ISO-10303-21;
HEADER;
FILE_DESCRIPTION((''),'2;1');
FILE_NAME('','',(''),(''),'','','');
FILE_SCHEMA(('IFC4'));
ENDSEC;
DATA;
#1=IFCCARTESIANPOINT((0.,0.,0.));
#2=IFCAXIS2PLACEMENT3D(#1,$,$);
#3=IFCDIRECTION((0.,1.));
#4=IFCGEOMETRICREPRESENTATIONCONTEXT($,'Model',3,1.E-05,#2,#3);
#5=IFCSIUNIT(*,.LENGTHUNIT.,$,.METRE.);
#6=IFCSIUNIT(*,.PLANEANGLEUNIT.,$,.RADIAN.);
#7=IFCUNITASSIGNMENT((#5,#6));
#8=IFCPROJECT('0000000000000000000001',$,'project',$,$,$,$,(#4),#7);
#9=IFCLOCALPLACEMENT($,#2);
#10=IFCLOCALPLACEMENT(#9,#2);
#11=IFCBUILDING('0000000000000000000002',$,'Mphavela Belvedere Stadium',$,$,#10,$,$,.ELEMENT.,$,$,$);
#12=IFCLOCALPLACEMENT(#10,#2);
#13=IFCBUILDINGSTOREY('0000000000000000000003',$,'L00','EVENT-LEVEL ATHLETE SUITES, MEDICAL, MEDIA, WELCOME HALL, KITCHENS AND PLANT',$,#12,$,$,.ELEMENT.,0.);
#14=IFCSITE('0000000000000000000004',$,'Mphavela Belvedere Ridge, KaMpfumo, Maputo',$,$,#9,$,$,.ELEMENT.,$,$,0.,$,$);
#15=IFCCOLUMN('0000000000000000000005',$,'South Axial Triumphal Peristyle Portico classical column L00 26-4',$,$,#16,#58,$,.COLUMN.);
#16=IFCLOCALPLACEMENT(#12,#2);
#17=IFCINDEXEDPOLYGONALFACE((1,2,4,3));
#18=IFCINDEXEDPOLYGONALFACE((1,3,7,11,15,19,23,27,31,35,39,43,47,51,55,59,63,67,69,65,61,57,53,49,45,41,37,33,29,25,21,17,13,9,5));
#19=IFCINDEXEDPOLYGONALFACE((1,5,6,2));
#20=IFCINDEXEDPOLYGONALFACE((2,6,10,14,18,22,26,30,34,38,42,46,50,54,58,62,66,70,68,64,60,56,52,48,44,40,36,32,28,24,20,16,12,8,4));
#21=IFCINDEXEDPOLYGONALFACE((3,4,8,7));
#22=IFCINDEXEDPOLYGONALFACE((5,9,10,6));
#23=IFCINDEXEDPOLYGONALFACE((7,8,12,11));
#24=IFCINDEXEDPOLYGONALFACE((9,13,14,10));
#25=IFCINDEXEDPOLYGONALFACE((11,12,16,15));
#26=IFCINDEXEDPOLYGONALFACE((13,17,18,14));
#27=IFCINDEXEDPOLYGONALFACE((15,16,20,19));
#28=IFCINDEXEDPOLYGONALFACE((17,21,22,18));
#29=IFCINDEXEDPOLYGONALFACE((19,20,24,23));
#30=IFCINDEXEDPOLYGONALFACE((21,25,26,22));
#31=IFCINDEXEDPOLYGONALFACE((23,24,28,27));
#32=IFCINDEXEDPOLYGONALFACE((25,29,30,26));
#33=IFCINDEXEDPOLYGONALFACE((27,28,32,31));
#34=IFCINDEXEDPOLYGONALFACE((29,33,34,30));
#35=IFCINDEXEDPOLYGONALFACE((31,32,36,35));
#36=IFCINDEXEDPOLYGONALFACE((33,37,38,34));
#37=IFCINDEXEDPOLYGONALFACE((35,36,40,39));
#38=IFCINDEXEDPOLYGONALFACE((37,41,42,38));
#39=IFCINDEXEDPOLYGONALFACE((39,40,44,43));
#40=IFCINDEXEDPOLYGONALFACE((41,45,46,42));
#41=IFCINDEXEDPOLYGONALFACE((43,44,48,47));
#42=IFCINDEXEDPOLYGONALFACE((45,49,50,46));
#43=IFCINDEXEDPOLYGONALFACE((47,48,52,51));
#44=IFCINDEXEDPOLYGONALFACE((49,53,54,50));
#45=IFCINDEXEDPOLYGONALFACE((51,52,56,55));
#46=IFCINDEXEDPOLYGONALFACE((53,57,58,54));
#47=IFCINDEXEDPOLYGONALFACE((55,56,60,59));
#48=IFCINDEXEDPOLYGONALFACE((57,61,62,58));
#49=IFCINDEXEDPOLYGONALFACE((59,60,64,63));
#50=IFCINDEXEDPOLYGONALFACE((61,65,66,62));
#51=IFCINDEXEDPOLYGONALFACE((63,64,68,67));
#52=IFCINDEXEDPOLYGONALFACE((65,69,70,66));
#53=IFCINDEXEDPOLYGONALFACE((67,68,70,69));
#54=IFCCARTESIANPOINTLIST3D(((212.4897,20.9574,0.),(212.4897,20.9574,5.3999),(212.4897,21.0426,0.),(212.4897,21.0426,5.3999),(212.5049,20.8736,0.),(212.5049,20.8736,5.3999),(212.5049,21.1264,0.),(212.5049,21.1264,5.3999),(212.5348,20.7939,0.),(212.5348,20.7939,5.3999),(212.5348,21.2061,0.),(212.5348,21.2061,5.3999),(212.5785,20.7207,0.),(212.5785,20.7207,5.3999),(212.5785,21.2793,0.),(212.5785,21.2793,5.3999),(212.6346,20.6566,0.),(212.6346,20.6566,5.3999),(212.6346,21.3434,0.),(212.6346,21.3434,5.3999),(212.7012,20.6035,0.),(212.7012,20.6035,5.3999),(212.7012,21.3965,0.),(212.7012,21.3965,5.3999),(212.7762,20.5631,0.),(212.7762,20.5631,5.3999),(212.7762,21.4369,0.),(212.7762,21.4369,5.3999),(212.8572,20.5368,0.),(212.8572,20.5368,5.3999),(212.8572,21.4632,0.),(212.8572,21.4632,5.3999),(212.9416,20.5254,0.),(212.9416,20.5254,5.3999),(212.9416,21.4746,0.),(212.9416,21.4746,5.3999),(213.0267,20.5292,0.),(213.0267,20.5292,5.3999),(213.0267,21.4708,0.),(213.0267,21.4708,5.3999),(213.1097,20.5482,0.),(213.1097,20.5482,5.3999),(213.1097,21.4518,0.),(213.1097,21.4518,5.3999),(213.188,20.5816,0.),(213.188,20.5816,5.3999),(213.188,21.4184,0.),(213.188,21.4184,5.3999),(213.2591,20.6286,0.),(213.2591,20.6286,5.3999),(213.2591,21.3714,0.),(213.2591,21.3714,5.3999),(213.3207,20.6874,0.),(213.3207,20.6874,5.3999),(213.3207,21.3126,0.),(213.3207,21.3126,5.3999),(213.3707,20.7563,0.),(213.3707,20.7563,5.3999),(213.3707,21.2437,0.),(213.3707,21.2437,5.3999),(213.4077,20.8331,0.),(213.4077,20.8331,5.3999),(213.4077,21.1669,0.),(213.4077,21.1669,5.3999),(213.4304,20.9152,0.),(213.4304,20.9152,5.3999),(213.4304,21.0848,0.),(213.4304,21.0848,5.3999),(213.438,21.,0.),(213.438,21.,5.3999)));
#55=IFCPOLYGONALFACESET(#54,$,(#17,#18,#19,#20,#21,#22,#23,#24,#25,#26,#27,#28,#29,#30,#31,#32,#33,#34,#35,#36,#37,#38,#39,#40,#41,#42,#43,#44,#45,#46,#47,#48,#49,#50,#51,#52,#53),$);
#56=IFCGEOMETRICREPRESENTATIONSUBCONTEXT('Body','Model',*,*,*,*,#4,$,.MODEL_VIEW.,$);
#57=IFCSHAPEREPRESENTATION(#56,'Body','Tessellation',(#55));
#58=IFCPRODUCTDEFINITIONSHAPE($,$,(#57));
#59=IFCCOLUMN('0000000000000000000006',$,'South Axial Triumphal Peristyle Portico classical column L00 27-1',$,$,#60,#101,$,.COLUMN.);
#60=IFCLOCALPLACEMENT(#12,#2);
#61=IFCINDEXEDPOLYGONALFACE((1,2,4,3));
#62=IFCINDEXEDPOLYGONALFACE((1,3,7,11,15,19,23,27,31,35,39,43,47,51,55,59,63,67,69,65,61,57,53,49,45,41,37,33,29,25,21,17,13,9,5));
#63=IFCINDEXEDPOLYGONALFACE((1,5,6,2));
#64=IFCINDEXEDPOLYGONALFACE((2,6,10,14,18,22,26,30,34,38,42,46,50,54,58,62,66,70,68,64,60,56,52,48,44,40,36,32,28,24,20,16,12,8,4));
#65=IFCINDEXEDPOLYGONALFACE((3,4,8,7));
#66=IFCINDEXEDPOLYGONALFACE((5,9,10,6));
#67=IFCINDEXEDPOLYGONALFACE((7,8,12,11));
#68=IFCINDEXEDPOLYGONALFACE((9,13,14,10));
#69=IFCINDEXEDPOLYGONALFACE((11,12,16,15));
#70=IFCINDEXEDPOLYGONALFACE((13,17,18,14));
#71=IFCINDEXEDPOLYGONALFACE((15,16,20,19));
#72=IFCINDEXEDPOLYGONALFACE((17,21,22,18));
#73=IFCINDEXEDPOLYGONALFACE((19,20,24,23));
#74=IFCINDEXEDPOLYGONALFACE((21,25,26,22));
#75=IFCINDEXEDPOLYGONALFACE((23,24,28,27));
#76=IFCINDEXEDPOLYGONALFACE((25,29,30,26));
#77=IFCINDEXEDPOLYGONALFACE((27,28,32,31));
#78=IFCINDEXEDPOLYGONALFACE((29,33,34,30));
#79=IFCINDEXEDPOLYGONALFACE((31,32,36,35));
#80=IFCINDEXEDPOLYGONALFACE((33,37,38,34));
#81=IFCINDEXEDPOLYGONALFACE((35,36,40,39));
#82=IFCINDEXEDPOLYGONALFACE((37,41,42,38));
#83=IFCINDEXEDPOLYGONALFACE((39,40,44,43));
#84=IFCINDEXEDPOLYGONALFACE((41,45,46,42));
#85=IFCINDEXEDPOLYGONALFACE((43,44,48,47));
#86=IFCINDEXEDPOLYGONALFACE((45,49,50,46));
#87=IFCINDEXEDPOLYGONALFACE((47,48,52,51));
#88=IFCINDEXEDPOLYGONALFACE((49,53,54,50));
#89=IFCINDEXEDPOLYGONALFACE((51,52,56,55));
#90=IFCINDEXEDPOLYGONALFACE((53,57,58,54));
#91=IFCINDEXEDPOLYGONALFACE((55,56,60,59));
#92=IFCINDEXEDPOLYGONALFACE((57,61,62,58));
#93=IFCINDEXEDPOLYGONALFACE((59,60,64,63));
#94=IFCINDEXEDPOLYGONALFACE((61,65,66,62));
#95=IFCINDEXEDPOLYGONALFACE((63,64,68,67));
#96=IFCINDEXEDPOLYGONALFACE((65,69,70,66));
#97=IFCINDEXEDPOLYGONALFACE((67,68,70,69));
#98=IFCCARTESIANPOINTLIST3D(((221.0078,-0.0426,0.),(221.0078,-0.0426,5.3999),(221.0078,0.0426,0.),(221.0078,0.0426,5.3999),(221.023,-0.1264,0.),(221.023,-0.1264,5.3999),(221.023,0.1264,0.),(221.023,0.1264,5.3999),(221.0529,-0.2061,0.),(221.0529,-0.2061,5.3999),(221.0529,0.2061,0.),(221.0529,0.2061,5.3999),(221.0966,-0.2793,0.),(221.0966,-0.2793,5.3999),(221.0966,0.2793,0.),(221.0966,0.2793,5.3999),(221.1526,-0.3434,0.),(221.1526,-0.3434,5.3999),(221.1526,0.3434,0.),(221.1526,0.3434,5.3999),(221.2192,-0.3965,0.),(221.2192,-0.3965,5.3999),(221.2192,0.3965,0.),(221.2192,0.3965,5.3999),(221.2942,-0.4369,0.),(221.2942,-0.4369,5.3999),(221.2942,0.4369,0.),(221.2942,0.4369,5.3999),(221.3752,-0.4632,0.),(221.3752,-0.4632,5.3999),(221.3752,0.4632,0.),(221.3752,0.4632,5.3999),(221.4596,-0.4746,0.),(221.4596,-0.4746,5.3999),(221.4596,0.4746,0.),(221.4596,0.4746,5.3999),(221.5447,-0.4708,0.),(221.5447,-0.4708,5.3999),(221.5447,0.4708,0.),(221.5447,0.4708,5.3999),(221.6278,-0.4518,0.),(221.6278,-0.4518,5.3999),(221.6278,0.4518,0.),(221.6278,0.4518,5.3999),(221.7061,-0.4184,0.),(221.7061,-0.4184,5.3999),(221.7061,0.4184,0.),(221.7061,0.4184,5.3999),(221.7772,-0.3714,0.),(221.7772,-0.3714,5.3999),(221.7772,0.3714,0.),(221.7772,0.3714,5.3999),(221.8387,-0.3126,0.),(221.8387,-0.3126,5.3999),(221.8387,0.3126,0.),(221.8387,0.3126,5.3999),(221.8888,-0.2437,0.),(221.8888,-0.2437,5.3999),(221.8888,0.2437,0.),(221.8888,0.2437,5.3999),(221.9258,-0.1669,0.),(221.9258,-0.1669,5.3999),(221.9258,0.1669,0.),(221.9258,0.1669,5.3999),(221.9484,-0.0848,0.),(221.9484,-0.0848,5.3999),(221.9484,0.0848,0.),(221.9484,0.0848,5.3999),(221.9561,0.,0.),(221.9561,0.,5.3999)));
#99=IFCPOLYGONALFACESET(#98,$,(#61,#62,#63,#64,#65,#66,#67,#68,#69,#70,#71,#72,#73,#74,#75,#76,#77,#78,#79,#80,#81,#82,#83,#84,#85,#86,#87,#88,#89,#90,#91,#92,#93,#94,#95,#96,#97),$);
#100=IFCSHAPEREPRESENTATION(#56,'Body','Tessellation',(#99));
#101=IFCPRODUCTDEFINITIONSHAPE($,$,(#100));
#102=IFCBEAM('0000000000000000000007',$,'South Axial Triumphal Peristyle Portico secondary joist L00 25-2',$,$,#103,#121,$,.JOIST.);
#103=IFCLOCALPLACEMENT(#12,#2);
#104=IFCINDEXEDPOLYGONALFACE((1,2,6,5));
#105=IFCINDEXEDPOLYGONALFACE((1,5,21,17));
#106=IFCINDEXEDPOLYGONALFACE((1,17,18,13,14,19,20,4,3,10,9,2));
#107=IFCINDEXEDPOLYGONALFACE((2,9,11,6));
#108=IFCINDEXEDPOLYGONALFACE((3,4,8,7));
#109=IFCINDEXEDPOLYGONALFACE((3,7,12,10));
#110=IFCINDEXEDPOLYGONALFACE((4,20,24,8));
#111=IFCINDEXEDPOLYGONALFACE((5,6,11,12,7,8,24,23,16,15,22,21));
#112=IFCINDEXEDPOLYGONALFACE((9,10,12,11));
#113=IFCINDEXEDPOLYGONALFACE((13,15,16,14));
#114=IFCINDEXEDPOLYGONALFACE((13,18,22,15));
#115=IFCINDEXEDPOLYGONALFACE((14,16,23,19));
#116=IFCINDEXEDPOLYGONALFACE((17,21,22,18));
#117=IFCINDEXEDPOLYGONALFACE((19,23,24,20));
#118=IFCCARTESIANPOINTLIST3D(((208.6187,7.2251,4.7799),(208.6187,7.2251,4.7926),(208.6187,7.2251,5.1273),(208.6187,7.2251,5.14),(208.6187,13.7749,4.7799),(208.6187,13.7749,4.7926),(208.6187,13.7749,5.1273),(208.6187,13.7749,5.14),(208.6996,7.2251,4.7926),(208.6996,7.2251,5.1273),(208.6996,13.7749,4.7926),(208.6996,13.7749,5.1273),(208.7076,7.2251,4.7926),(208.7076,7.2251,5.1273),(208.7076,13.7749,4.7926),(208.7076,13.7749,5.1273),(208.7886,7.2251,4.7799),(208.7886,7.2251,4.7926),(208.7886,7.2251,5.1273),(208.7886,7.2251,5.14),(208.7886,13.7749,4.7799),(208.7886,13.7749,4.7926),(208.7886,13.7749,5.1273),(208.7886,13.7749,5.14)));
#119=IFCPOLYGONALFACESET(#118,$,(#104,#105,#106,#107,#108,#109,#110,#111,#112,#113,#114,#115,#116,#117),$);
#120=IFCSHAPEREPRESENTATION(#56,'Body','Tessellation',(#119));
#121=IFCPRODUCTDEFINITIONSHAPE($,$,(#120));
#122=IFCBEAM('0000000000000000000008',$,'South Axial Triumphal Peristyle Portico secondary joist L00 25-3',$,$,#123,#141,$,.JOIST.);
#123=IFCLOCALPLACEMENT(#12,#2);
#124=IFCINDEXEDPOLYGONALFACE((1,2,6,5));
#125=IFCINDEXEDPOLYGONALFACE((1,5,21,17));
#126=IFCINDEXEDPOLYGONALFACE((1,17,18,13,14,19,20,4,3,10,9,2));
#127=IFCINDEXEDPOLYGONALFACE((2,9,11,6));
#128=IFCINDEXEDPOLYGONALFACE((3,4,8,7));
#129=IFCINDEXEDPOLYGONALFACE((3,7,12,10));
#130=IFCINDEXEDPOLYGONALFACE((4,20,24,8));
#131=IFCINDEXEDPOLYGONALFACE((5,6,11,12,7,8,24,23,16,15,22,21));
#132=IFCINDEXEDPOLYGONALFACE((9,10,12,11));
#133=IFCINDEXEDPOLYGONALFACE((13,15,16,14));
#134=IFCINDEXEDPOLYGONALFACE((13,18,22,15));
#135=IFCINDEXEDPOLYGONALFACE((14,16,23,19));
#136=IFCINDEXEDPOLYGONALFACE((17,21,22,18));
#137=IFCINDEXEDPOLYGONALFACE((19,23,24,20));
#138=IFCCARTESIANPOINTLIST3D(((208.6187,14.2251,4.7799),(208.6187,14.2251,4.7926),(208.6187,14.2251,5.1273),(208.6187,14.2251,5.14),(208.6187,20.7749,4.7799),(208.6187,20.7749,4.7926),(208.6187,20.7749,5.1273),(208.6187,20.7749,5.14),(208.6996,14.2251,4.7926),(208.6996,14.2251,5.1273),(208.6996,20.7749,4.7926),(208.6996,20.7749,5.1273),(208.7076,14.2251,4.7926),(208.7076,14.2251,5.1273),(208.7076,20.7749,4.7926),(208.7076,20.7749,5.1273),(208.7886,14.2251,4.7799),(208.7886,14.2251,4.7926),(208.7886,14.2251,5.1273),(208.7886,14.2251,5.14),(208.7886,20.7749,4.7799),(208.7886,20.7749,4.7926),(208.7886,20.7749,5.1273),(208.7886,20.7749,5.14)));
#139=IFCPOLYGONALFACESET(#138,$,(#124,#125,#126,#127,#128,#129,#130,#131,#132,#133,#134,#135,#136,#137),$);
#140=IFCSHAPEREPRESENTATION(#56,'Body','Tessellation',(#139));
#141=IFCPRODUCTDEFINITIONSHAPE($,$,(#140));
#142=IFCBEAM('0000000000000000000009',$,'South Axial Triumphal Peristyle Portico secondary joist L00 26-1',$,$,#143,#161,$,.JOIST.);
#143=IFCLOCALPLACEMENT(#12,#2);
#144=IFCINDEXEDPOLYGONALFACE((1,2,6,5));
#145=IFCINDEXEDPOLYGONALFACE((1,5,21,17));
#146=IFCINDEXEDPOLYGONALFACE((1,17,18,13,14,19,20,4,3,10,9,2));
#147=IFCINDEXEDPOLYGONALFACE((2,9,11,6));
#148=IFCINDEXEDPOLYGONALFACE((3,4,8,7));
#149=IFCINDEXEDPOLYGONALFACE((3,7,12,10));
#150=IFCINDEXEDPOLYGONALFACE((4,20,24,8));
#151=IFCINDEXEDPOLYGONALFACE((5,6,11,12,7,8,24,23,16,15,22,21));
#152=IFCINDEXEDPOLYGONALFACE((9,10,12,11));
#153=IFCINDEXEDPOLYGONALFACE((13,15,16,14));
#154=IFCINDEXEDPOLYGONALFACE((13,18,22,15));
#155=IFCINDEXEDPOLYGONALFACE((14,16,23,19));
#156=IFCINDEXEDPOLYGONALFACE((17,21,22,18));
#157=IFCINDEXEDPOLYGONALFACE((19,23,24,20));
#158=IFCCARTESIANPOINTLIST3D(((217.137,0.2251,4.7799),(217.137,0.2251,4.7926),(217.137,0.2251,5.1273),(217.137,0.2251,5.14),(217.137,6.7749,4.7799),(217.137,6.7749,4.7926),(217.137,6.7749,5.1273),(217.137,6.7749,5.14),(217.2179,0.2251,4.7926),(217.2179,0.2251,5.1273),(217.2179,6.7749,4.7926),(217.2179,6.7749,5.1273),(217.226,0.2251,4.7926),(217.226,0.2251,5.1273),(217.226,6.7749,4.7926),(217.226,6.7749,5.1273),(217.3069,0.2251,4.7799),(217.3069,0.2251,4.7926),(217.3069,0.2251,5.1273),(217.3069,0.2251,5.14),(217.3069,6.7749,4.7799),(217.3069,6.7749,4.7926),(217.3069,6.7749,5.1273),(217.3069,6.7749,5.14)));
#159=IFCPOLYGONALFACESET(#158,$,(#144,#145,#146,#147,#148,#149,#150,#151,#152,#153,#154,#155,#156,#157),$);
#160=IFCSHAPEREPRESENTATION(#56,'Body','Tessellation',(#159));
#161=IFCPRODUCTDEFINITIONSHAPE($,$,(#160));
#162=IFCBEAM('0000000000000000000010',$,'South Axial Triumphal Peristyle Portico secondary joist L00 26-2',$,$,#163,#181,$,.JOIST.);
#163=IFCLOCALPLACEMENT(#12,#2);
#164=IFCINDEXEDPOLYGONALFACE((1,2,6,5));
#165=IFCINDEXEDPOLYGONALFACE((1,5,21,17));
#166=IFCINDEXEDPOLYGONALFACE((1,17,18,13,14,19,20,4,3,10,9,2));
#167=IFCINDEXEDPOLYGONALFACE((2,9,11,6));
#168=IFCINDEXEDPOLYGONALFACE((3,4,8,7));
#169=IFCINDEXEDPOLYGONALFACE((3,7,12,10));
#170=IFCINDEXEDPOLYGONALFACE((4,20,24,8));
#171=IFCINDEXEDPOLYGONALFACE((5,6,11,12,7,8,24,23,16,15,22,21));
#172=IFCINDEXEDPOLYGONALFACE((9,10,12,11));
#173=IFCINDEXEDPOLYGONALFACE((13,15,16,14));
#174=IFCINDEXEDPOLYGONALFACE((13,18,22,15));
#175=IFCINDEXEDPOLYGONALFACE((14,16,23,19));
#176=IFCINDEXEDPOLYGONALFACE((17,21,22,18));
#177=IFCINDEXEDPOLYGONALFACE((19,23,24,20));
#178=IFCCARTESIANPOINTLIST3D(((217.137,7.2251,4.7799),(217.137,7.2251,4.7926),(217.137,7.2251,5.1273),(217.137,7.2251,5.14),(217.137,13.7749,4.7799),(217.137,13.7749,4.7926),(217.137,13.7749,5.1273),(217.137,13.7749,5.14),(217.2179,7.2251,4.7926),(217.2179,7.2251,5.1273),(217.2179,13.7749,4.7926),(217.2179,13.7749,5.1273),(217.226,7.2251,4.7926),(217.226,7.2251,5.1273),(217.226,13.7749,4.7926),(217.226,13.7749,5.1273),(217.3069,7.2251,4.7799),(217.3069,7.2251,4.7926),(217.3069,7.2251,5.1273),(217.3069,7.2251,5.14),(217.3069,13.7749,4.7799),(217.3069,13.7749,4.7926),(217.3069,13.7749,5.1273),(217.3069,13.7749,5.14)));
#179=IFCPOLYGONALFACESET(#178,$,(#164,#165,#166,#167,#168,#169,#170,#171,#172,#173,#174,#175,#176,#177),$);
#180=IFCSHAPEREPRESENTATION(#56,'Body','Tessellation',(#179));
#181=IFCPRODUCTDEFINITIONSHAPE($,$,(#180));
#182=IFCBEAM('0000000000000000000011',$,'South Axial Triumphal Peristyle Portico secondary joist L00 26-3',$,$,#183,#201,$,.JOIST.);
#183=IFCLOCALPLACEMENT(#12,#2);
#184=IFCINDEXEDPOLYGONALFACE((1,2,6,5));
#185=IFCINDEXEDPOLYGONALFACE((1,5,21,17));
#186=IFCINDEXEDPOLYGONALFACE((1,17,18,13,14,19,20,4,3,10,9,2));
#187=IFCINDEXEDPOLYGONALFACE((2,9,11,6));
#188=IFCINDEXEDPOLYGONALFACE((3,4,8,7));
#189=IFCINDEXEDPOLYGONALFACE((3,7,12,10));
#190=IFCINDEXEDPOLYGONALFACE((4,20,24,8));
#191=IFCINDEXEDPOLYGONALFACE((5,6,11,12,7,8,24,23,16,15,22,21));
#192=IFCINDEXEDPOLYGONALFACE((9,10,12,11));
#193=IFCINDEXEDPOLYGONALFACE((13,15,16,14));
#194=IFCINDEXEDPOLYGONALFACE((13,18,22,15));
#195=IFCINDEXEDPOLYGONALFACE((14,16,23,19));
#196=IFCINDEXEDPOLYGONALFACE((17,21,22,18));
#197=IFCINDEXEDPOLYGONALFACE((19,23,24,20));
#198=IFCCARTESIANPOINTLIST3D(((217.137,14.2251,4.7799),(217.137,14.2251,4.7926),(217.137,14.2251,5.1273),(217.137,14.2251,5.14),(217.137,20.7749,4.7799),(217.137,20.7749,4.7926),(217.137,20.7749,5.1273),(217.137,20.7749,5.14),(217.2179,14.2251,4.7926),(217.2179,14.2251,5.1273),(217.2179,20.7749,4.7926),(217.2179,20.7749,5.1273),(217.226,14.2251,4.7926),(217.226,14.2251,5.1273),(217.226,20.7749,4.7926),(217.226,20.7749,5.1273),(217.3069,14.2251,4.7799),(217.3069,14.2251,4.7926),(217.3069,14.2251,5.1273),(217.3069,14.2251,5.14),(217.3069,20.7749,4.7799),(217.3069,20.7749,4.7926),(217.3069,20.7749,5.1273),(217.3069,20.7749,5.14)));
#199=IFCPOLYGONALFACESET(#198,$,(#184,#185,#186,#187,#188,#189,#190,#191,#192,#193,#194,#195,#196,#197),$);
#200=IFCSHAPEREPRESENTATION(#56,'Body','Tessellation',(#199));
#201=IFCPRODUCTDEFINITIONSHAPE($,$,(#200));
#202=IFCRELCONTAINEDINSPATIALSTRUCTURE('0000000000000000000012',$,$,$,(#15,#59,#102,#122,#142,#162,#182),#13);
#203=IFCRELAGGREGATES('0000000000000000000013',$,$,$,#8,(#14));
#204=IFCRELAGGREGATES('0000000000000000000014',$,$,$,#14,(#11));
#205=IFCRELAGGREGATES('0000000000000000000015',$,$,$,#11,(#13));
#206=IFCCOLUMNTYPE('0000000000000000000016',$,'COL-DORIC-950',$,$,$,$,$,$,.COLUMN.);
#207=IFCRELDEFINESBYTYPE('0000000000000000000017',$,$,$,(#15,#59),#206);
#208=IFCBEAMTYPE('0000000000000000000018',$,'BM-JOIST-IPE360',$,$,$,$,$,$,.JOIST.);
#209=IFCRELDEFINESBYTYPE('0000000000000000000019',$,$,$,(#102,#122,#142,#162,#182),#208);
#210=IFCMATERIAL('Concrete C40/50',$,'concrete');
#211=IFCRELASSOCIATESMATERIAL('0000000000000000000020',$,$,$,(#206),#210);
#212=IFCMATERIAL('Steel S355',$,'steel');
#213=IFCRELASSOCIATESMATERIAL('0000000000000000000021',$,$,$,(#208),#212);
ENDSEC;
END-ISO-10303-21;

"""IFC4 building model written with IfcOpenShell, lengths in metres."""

from ifc_helpers import new_model, si_unit, direction, frame, origin, origin_2d, place, context, subcontext, project, spatial, circle, i_section, extrude, material, material_profile, profile_set, type_object, element, save


model = new_model("IFC4")

# Units and contexts
model_context = context("Model", 3, precision=1e-05, world=origin(), true_north=direction((0.0, 1.0)))
body_context = subcontext(model_context, "Body", "Model", "MODEL_VIEW")
ifc_project = project(units=[si_unit("LENGTHUNIT", "METRE"), si_unit("PLANEANGLEUNIT", "RADIAN")], contexts=[model_context])

# Site, building, storey
site_placement = place(None, origin())
site = spatial("IfcSite", under=ifc_project, at=site_placement, Name="Mphavela Belvedere Ridge, KaMpfumo, Maputo", CompositionType="ELEMENT", RefElevation=0.0)
building_placement = place(site_placement, origin())
building = spatial("IfcBuilding", under=site, at=building_placement, Name="Mphavela Belvedere Stadium", CompositionType="ELEMENT")
storey_placement = place(building_placement, origin())
storey = spatial("IfcBuildingStorey", under=building, at=storey_placement, Name="L00", Description="EVENT-LEVEL ATHLETE SUITES, MEDICAL, MEDIA, WELCOME HALL, KITCHENS AND PLANT", CompositionType="ELEMENT", Elevation=0.0)

# Columns
ifc_material_1 = material(Name="Concrete C40/50", Category="concrete")
ifc_material_profile_1 = material_profile(ifc_material_1, circle(Radius=0.4751, at=origin_2d()), Name="COL D950")
ifc_profile_set_1 = profile_set([ifc_material_profile_1], Name="Concrete C40/50")
column_type = type_object("IfcColumnType", Name="COL-DORIC-950", PredefinedType="COLUMN", material=ifc_profile_set_1)
for number, where, z_axis, x_axis, name in (
    (1, (212.9629, 21.0, 0.0), (0.0, 0.0, 1.0), (1.0, 0.0, 0.0), "South Axial Triumphal Peristyle Portico classical column L00 26-4"),
    (2, (221.481, 0.0, 0.0), (0.0, 0.0, 1.0), (1.0, 0.0, 0.0), "South Axial Triumphal Peristyle Portico classical column L00 27-1"),
):
    element("IfcColumn", number, at=place(storey_placement, frame(where, z_axis=z_axis, x_axis=x_axis)), inside=storey, type_object=column_type, Name=name, PredefinedType="COLUMN", context=body_context, shape_type="SweptSolid", body=[
        extrude(circle(Radius=0.4751, at=origin_2d()), origin(), (0.0, 0.0, 1.0), 5.3999),
    ])

# Beams
ifc_material_2 = material(Name="Steel S355", Category="steel")
ifc_material_profile_2 = material_profile(ifc_material_2, i_section(OverallWidth=0.1699, OverallDepth=0.3601, WebThickness=0.0081, FlangeThickness=0.0127, at=origin_2d()), Name="IPE 360")
ifc_profile_set_2 = profile_set([ifc_material_profile_2], Name="Steel S355")
beam_type_1 = type_object("IfcBeamType", Name="BM-JOIST-IPE360", PredefinedType="JOIST", material=ifc_profile_set_2)
for number, where, z_axis, x_axis, name in (
    (3, (208.7036, 7.2251, 4.96), (0.0, 1.0, 0.0), (-1.0, 0.0, 0.0), "South Axial Triumphal Peristyle Portico secondary joist L00 25-2"),
    (4, (208.7036, 14.2251, 4.96), (0.0, 1.0, 0.0), (-1.0, 0.0, 0.0), "South Axial Triumphal Peristyle Portico secondary joist L00 25-3"),
    (5, (217.2219, 0.2251, 4.96), (0.0, 1.0, 0.0), (-1.0, 0.0, 0.0), "South Axial Triumphal Peristyle Portico secondary joist L00 26-1"),
    (6, (217.2219, 7.2251, 4.96), (0.0, 1.0, 0.0), (-1.0, 0.0, 0.0), "South Axial Triumphal Peristyle Portico secondary joist L00 26-2"),
    (7, (217.2219, 14.2251, 4.96), (0.0, 1.0, 0.0), (-1.0, 0.0, 0.0), "South Axial Triumphal Peristyle Portico secondary joist L00 26-3"),
):
    element("IfcBeam", number, at=place(storey_placement, frame(where, z_axis=z_axis, x_axis=x_axis)), inside=storey, type_object=beam_type_1, Name=name, PredefinedType="JOIST", context=body_context, shape_type="SweptSolid", body=[
        extrude(i_section(OverallWidth=0.1699, OverallDepth=0.3601, WebThickness=0.0081, FlangeThickness=0.0127, at=origin_2d()), origin(), (0.0, 0.0, 1.0), 6.5498),
    ])

save(model, "model.ifc")
